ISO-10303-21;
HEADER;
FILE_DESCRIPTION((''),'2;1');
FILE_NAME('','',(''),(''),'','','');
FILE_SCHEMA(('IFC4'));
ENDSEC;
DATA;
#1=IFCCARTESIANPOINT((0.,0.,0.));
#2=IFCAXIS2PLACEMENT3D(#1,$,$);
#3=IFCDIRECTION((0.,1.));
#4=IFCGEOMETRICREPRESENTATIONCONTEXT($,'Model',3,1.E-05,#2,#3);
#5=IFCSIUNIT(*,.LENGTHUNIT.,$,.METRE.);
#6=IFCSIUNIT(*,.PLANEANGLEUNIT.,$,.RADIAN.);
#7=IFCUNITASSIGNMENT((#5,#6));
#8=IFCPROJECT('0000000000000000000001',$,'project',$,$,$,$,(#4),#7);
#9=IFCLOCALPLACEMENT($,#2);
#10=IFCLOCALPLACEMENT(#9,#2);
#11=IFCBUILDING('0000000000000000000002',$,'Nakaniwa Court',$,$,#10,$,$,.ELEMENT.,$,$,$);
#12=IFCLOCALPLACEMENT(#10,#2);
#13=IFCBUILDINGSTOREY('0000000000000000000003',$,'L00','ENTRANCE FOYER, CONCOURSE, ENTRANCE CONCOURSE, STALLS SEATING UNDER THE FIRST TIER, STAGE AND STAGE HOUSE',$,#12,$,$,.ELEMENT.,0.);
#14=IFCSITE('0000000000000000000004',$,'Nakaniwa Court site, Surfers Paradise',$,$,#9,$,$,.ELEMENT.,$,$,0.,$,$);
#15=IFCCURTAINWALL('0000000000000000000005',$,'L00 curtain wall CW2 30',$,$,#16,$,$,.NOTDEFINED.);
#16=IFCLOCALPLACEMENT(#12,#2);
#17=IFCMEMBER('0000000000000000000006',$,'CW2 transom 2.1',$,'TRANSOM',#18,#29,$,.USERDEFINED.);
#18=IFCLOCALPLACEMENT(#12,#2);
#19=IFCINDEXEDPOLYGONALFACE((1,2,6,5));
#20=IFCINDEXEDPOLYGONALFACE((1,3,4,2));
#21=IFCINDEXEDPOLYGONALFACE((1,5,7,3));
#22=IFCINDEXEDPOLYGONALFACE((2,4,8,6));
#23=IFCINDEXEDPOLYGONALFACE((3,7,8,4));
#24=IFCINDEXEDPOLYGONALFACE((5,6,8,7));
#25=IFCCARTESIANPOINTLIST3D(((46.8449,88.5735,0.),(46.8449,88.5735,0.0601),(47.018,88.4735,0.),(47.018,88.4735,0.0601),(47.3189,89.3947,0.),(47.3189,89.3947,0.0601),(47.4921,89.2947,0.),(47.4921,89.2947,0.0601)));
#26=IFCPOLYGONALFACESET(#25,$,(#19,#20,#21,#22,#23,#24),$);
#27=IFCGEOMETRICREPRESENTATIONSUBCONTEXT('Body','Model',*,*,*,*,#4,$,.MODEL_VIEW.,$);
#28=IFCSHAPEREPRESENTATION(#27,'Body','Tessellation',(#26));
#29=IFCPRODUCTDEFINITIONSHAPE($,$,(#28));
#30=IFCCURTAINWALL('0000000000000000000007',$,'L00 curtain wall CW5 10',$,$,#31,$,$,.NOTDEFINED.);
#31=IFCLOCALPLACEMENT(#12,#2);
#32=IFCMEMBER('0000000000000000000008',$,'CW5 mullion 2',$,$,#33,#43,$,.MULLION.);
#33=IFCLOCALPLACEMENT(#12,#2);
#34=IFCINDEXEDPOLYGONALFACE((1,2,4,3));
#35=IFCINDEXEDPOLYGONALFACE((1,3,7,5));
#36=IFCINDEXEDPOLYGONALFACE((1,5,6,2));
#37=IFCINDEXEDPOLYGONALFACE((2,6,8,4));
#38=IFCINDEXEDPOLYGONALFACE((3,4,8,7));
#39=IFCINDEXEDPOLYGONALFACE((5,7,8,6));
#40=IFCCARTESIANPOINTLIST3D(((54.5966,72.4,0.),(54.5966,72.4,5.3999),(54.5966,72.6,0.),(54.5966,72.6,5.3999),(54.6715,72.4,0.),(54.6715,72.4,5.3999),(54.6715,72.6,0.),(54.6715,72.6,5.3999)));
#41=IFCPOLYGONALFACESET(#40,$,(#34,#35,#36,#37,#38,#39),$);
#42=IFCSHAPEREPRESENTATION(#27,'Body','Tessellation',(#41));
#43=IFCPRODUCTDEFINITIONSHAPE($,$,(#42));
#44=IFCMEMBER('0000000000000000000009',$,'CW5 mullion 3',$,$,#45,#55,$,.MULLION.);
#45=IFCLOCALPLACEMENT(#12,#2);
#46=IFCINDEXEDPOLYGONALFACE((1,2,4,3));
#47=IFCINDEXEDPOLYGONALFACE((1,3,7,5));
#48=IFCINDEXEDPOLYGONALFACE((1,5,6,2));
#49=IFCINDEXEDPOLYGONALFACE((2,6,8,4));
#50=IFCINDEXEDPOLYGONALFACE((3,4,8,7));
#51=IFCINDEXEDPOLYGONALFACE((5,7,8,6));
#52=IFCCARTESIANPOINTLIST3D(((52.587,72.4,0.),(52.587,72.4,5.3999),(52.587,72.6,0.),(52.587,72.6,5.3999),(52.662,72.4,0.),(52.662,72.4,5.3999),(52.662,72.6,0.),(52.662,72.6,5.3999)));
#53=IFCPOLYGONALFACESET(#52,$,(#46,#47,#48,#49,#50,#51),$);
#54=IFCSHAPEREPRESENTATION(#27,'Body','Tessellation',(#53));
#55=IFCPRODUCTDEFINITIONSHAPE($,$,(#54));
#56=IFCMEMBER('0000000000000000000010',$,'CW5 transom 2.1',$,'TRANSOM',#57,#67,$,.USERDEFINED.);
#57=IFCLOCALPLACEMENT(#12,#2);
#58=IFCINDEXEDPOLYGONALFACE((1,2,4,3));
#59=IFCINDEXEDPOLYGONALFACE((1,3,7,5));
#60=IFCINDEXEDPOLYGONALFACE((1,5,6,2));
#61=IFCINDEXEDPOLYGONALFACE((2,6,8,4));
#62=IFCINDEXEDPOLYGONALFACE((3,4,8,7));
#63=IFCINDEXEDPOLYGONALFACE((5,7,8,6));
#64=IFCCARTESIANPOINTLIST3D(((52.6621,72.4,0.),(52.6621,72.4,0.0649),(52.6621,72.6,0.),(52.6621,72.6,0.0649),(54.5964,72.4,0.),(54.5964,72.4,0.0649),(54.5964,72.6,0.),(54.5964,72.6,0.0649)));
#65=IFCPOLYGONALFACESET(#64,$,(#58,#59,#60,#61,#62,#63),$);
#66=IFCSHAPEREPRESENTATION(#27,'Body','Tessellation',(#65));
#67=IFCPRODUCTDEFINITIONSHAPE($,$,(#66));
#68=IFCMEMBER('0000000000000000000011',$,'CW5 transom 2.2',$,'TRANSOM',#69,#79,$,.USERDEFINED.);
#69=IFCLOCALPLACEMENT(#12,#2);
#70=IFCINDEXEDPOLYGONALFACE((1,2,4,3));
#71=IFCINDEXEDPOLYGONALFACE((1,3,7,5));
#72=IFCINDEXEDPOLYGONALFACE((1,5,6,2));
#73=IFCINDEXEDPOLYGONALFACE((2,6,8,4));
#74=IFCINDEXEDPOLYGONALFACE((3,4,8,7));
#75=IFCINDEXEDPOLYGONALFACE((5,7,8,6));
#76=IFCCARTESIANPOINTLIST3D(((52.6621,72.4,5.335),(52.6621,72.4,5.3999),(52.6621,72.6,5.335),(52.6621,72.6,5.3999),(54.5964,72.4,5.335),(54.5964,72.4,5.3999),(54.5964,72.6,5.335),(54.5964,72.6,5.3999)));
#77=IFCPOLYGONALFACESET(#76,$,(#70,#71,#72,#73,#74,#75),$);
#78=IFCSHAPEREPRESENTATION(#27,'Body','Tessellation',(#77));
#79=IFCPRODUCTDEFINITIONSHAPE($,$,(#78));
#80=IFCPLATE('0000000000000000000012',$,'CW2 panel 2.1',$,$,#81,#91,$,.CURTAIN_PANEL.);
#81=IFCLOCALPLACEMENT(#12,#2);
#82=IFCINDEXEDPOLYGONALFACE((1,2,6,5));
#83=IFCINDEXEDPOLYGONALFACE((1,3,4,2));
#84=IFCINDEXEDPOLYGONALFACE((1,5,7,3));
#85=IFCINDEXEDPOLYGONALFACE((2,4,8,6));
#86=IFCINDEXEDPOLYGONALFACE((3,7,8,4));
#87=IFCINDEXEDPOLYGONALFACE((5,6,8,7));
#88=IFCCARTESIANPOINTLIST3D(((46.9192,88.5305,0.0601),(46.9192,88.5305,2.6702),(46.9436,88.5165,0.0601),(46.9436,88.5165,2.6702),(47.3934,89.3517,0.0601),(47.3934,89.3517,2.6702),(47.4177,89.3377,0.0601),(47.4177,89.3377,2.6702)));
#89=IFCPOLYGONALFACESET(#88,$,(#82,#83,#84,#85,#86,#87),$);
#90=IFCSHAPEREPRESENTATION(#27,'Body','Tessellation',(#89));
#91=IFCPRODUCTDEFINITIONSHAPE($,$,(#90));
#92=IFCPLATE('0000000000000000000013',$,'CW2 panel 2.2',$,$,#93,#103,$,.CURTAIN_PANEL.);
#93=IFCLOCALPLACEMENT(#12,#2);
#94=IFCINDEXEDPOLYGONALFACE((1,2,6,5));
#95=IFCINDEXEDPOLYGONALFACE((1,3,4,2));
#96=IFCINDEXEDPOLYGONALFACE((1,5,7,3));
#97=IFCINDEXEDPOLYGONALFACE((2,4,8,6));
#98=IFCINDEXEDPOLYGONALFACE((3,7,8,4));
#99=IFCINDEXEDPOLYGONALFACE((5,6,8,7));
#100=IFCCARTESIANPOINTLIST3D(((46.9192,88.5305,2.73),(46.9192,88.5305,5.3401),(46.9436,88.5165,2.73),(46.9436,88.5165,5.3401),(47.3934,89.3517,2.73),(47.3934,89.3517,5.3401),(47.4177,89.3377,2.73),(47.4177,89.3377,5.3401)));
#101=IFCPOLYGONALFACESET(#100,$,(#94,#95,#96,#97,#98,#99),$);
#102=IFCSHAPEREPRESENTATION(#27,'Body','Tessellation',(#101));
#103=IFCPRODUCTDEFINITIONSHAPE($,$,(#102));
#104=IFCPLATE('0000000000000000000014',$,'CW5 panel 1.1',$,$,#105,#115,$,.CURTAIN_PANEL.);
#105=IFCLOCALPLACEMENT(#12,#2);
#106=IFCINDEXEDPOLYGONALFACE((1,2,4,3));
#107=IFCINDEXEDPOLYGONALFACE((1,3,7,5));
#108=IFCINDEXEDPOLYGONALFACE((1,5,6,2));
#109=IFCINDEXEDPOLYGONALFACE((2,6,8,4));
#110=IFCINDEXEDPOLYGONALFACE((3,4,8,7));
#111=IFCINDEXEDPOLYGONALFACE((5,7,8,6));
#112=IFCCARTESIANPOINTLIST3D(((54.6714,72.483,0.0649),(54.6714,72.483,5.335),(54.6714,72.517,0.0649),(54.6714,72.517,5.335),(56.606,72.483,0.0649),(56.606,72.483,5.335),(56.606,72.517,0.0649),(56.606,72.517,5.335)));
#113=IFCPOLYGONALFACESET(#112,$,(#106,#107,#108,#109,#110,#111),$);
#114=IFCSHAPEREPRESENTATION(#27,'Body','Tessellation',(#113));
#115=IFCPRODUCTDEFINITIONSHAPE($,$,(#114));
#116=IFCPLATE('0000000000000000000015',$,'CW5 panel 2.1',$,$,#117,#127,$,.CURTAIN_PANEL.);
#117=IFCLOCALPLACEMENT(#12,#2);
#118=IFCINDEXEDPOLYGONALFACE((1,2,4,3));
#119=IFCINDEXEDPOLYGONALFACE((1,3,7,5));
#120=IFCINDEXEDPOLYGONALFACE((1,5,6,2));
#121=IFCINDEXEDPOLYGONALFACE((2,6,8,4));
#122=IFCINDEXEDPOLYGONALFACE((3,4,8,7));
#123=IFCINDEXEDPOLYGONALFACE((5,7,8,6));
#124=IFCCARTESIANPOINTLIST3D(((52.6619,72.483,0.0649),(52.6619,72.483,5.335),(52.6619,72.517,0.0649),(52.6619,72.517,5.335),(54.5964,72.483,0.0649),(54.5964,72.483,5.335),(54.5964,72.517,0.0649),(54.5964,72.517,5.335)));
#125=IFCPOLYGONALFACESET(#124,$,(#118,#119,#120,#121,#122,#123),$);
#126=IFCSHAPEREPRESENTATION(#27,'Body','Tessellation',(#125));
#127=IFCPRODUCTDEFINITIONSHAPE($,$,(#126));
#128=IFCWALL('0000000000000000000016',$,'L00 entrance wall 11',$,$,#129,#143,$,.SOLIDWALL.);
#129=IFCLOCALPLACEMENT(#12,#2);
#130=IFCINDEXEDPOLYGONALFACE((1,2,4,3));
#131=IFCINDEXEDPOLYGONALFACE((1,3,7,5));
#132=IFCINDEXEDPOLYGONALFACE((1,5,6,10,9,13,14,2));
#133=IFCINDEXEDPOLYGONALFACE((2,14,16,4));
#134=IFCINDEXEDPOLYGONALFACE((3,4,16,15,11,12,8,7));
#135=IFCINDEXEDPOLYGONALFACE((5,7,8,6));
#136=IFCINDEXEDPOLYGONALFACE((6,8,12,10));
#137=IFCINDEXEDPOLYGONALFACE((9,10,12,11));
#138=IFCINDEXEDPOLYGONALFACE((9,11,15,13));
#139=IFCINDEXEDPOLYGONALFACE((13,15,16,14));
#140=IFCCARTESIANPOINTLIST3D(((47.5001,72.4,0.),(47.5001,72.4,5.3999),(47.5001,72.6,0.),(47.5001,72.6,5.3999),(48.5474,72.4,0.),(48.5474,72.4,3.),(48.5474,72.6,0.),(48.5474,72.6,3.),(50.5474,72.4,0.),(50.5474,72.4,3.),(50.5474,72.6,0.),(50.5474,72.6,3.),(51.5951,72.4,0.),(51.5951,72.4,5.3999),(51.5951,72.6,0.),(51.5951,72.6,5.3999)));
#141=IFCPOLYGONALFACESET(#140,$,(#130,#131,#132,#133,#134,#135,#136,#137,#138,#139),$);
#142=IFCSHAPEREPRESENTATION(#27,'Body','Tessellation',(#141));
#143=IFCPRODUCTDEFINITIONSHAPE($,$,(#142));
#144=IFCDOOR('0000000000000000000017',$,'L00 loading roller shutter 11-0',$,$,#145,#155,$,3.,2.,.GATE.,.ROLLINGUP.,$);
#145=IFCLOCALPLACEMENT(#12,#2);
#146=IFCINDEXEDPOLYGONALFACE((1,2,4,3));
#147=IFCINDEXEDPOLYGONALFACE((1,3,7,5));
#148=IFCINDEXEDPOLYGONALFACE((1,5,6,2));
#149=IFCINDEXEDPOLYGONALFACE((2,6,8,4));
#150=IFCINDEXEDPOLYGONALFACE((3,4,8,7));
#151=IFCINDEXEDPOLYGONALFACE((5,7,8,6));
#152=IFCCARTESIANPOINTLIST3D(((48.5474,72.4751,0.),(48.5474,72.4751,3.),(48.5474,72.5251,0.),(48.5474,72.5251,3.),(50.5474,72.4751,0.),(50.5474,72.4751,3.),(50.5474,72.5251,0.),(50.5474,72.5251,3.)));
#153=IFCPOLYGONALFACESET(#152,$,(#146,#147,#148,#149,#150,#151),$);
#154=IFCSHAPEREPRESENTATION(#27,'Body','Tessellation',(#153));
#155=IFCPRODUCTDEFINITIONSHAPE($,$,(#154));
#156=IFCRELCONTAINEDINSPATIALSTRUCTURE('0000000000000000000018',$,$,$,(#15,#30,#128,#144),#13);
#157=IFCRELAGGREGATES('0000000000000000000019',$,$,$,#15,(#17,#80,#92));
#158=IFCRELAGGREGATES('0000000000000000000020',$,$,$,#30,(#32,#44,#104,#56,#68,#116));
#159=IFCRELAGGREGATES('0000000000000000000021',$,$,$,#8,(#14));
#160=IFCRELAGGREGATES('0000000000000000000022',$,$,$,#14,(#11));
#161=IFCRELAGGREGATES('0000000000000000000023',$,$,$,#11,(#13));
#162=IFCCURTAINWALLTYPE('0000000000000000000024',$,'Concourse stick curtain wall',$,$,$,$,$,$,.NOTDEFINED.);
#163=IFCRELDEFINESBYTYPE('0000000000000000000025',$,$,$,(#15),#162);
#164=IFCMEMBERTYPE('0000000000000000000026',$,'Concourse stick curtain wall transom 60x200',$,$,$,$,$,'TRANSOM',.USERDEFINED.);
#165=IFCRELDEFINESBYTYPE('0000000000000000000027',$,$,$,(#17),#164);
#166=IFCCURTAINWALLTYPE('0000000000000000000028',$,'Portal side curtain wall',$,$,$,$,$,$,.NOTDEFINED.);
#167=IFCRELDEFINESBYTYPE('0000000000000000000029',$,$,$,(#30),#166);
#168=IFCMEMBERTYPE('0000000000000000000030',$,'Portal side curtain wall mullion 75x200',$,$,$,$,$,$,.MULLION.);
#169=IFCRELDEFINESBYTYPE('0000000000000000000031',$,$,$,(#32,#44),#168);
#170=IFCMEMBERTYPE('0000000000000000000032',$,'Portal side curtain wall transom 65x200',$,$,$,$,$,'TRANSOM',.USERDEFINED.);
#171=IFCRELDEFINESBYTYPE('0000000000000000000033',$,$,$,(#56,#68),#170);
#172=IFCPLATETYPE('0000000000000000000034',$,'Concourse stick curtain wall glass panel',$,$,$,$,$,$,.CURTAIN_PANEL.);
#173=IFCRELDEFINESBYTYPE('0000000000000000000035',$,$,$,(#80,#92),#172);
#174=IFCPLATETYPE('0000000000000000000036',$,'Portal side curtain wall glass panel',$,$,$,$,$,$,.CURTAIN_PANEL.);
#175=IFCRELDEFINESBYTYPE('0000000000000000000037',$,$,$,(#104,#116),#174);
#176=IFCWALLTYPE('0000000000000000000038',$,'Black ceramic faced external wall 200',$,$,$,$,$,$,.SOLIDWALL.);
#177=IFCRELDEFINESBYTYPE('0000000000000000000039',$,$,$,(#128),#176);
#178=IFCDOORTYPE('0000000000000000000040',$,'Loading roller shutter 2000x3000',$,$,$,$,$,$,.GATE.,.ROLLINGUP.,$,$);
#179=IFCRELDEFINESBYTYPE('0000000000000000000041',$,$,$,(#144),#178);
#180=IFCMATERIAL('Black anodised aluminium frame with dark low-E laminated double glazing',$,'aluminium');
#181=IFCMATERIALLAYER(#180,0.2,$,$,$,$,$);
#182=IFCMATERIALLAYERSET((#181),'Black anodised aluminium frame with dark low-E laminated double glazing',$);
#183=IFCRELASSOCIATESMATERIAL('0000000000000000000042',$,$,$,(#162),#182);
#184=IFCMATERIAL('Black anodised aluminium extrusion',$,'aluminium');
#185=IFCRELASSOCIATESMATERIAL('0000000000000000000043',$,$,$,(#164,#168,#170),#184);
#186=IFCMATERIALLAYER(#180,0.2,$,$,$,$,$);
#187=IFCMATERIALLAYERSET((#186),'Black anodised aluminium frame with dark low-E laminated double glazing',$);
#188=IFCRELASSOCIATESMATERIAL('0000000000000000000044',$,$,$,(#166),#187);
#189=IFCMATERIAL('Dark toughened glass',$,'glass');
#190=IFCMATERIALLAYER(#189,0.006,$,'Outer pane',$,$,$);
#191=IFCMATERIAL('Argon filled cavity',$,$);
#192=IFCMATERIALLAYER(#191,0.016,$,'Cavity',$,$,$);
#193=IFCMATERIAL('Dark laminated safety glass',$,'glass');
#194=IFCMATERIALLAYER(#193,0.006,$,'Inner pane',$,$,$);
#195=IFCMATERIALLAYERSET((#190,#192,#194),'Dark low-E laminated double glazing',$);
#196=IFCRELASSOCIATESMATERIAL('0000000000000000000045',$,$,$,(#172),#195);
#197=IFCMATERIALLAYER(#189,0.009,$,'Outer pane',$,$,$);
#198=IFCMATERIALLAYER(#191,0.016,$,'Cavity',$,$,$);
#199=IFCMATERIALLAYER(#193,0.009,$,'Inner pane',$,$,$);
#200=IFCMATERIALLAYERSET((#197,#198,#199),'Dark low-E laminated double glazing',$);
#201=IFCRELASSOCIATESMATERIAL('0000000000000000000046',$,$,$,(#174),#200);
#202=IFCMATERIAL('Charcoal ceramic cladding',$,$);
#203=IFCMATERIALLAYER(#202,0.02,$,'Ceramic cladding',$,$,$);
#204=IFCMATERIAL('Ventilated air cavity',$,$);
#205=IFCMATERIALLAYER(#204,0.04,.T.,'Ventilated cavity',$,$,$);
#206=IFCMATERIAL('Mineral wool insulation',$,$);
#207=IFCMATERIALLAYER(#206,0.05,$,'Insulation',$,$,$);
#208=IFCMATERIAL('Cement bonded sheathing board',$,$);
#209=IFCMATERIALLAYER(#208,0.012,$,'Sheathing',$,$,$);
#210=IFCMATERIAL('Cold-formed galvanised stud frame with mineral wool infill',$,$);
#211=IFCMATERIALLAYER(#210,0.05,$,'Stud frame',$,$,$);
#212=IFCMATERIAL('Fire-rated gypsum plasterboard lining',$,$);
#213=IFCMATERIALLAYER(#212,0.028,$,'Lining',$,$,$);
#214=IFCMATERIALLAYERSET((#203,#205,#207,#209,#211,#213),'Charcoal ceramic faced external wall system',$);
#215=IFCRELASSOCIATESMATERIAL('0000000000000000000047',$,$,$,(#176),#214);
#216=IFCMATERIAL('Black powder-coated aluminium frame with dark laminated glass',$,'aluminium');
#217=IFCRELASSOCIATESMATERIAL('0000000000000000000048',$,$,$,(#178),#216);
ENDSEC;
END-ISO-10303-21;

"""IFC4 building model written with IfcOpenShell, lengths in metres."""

from ifc_helpers import new_model, si_unit, direction, frame, frame_2d, origin, origin_2d, place, context, subcontext, project, spatial, rectangle, extrude, material, layer, layer_set, material_profile, profile_set, type_object, element, fill, aggregate, save


model = new_model("IFC4")

# Units and contexts
model_context = context("Model", 3, precision=1e-05, world=origin(), true_north=direction((0.0, 1.0)))
body_context = subcontext(model_context, "Body", "Model", "MODEL_VIEW")
ifc_project = project(units=[si_unit("LENGTHUNIT", "METRE"), si_unit("PLANEANGLEUNIT", "RADIAN")], contexts=[model_context])

# Site, building, storey
site_placement = place(None, origin())
site = spatial("IfcSite", under=ifc_project, at=site_placement, Name="Nakaniwa Court site, Surfers Paradise", CompositionType="ELEMENT", RefElevation=0.0)
building_placement = place(site_placement, origin())
building = spatial("IfcBuilding", under=site, at=building_placement, Name="Nakaniwa Court", CompositionType="ELEMENT")
storey_placement = place(building_placement, origin())
storey = spatial("IfcBuildingStorey", under=building, at=storey_placement, Name="L00", Description="ENTRANCE FOYER, CONCOURSE, ENTRANCE CONCOURSE, STALLS SEATING UNDER THE FIRST TIER, STAGE AND STAGE HOUSE", CompositionType="ELEMENT", Elevation=0.0)

# Curtain wall
ifc_material_1 = material(Name="Black anodised aluminium frame with dark low-E laminated double glazing", Category="aluminium")
ifc_layer_1 = layer(ifc_material_1, 0.2)
ifc_layer_set_1 = layer_set([ifc_layer_1], Name="Black anodised aluminium frame with dark low-E laminated double glazing")
curtain_wall_type_1 = type_object("IfcCurtainWallType", Name="Concourse stick curtain wall", PredefinedType="NOTDEFINED", material=ifc_layer_set_1)
ifc_material_2 = material(Name="Black anodised aluminium extrusion", Category="aluminium")
curtain_wall_1_placement = place(storey_placement, origin())
curtain_wall_1 = element("IfcCurtainWall", 1, at=curtain_wall_1_placement, inside=storey, type_object=curtain_wall_type_1, Name="L00 curtain wall CW2 30", PredefinedType="NOTDEFINED")

# Member
ifc_material_profile_1 = material_profile(ifc_material_2, rectangle(XDim=0.2, YDim=0.0601, at=origin_2d()), Name="Concourse stick curtain wall transom 60x200")
ifc_profile_set_1 = profile_set([ifc_material_profile_1], Name="Black anodised aluminium extrusion")
member_type_1 = type_object("IfcMemberType", Name="Concourse stick curtain wall transom 60x200", ElementType="TRANSOM", PredefinedType="USERDEFINED", material=ifc_profile_set_1)
member_1_placement = place(storey_placement, frame((47.4055, 89.3447, 0.03), z_axis=(-0.49996, -0.866048, 0.0), x_axis=(0.866048, -0.49996, 0.0)))
member_1 = element("IfcMember", 2, at=member_1_placement, type_object=member_type_1, Name="CW2 transom 2.1", ObjectType="TRANSOM", PredefinedType="USERDEFINED", context=body_context, shape_type="SweptSolid", body=[
    extrude(rectangle(XDim=0.2, YDim=0.0601, at=origin_2d()), origin(), (0.0, 0.0, 1.0), 0.9482),
])

# Curtain wall, members
ifc_layer_2 = layer(ifc_material_1, 0.2)
ifc_layer_set_2 = layer_set([ifc_layer_2], Name="Black anodised aluminium frame with dark low-E laminated double glazing")
curtain_wall_type_2 = type_object("IfcCurtainWallType", Name="Portal side curtain wall", PredefinedType="NOTDEFINED", material=ifc_layer_set_2)
curtain_wall_2_placement = place(storey_placement, origin())
curtain_wall_2 = element("IfcCurtainWall", 3, at=curtain_wall_2_placement, inside=storey, type_object=curtain_wall_type_2, Name="L00 curtain wall CW5 10", PredefinedType="NOTDEFINED")
ifc_material_profile_2 = material_profile(ifc_material_2, rectangle(XDim=0.2, YDim=0.075, at=origin_2d()), Name="Portal side curtain wall mullion 75x200")
ifc_profile_set_2 = profile_set([ifc_material_profile_2], Name="Black anodised aluminium extrusion")
member_type_2 = type_object("IfcMemberType", Name="Portal side curtain wall mullion 75x200", PredefinedType="MULLION", material=ifc_profile_set_2)
member_2_placement = place(storey_placement, frame((54.634, 72.5, 0.0), z_axis=(0.0, 0.0, 1.0), x_axis=(0.0, -1.0, 0.0)))
member_2 = element("IfcMember", 4, at=member_2_placement, type_object=member_type_2, Name="CW5 mullion 2", PredefinedType="MULLION", context=body_context, shape_type="SweptSolid", body=[
    extrude(rectangle(XDim=0.2, YDim=0.075, at=origin_2d()), origin(), (0.0, 0.0, 1.0), 5.3999),
])
member_3_placement = place(storey_placement, frame((52.6245, 72.5, 0.0), z_axis=(0.0, 0.0, 1.0), x_axis=(0.0, -1.0, 0.0)))
member_3 = element("IfcMember", 5, at=member_3_placement, type_object=member_type_2, Name="CW5 mullion 3", PredefinedType="MULLION", context=body_context, shape_type="SweptSolid", body=[
    extrude(rectangle(XDim=0.2, YDim=0.075, at=origin_2d()), origin(), (0.0, 0.0, 1.0), 5.3999),
])
ifc_material_profile_3 = material_profile(ifc_material_2, rectangle(XDim=0.2, YDim=0.0649, at=origin_2d()), Name="Portal side curtain wall transom 65x200")
ifc_profile_set_3 = profile_set([ifc_material_profile_3], Name="Black anodised aluminium extrusion")
member_type_3 = type_object("IfcMemberType", Name="Portal side curtain wall transom 65x200", ElementType="TRANSOM", PredefinedType="USERDEFINED", material=ifc_profile_set_3)
member_4_placement = place(storey_placement, frame((54.5964, 72.5, 0.0325), z_axis=(-1.0, 0.0, 0.0), x_axis=(0.0, -1.0, 0.0)))
member_4 = element("IfcMember", 6, at=member_4_placement, type_object=member_type_3, Name="CW5 transom 2.1", ObjectType="TRANSOM", PredefinedType="USERDEFINED", context=body_context, shape_type="SweptSolid", body=[
    extrude(rectangle(XDim=0.2, YDim=0.0649, at=origin_2d()), origin(), (0.0, 0.0, 1.0), 1.9343),
])
member_5_placement = place(storey_placement, frame((54.5964, 72.5, 5.3674), z_axis=(-1.0, 0.0, 0.0), x_axis=(0.0, -1.0, 0.0)))
member_5 = element("IfcMember", 7, at=member_5_placement, type_object=member_type_3, Name="CW5 transom 2.2", ObjectType="TRANSOM", PredefinedType="USERDEFINED", context=body_context, shape_type="SweptSolid", body=[
    extrude(rectangle(XDim=0.2, YDim=0.0649, at=origin_2d()), origin(), (0.0, 0.0, 1.0), 1.9343),
])

# Plates
ifc_material_3 = material(Name="Dark toughened glass", Category="glass")
ifc_layer_3 = layer(ifc_material_3, 0.006, Name="Outer pane")
ifc_material_4 = material(Name="Argon filled cavity")
ifc_layer_4 = layer(ifc_material_4, 0.016, Name="Cavity")
ifc_material_5 = material(Name="Dark laminated safety glass", Category="glass")
ifc_layer_5 = layer(ifc_material_5, 0.006, Name="Inner pane")
ifc_layer_set_3 = layer_set([ifc_layer_3, ifc_layer_4, ifc_layer_5], Name="Dark low-E laminated double glazing")
plate_type_1 = type_object("IfcPlateType", Name="Concourse stick curtain wall glass panel", PredefinedType="CURTAIN_PANEL", material=ifc_layer_set_3)
plate_1_placement = place(storey_placement, frame((47.1685, 88.9341, 0.0601), z_axis=(0.0, 0.0, 1.0), x_axis=(-0.499982, -0.866036, 0.0)))
plate_1 = element("IfcPlate", 8, at=plate_1_placement, type_object=plate_type_1, Name="CW2 panel 2.1", PredefinedType="CURTAIN_PANEL", context=body_context, shape_type="SweptSolid", body=[
    extrude(rectangle(XDim=0.9482, YDim=0.0281, at=origin_2d()), origin(), (0.0, 0.0, 1.0), 2.6101),
])
plate_2_placement = place(storey_placement, frame((47.1685, 88.9341, 2.73), z_axis=(0.0, 0.0, 1.0), x_axis=(-0.499982, -0.866036, 0.0)))
plate_2 = element("IfcPlate", 9, at=plate_2_placement, type_object=plate_type_1, Name="CW2 panel 2.2", PredefinedType="CURTAIN_PANEL", context=body_context, shape_type="SweptSolid", body=[
    extrude(rectangle(XDim=0.9482, YDim=0.0281, at=origin_2d()), origin(), (0.0, 0.0, 1.0), 2.6101),
])
aggregate(curtain_wall_1, [member_1, plate_1, plate_2])
ifc_layer_6 = layer(ifc_material_3, 0.009, Name="Outer pane")
ifc_layer_7 = layer(ifc_material_4, 0.016, Name="Cavity")
ifc_layer_8 = layer(ifc_material_5, 0.009, Name="Inner pane")
ifc_layer_set_4 = layer_set([ifc_layer_6, ifc_layer_7, ifc_layer_8], Name="Dark low-E laminated double glazing")
plate_type_2 = type_object("IfcPlateType", Name="Portal side curtain wall glass panel", PredefinedType="CURTAIN_PANEL", material=ifc_layer_set_4)
plate_3_placement = place(storey_placement, frame((55.6387, 72.5, 0.0649), z_axis=(0.0, 0.0, 1.0), x_axis=(-1.0, 0.0, 0.0)))
plate_3 = element("IfcPlate", 10, at=plate_3_placement, type_object=plate_type_2, Name="CW5 panel 1.1", PredefinedType="CURTAIN_PANEL", context=body_context, shape_type="SweptSolid", body=[
    extrude(rectangle(XDim=1.9346, YDim=0.0339, at=origin_2d()), origin(), (0.0, 0.0, 1.0), 5.27),
])
plate_4_placement = place(storey_placement, frame((53.6292, 72.5, 0.0649), z_axis=(0.0, 0.0, 1.0), x_axis=(-1.0, 0.0, 0.0)))
plate_4 = element("IfcPlate", 11, at=plate_4_placement, type_object=plate_type_2, Name="CW5 panel 2.1", PredefinedType="CURTAIN_PANEL", context=body_context, shape_type="SweptSolid", body=[
    extrude(rectangle(XDim=1.9346, YDim=0.0339, at=origin_2d()), origin(), (0.0, 0.0, 1.0), 5.27),
])
aggregate(curtain_wall_2, [member_2, member_3, plate_3, member_4, member_5, plate_4])

# Wall, opening, door
ifc_material_6 = material(Name="Charcoal ceramic cladding")
ifc_layer_9 = layer(ifc_material_6, 0.02, Name="Ceramic cladding")
ifc_material_7 = material(Name="Ventilated air cavity")
ifc_layer_10 = layer(ifc_material_7, 0.04, ventilated=True, Name="Ventilated cavity")
ifc_material_8 = material(Name="Mineral wool insulation")
ifc_layer_11 = layer(ifc_material_8, 0.05, Name="Insulation")
ifc_material_9 = material(Name="Cement bonded sheathing board")
ifc_layer_12 = layer(ifc_material_9, 0.012, Name="Sheathing")
ifc_material_10 = material(Name="Cold-formed galvanised stud frame with mineral wool infill")
ifc_layer_13 = layer(ifc_material_10, 0.05, Name="Stud frame")
ifc_material_11 = material(Name="Fire-rated gypsum plasterboard lining")
ifc_layer_14 = layer(ifc_material_11, 0.028, Name="Lining")
ifc_layer_set_5 = layer_set([ifc_layer_9, ifc_layer_10, ifc_layer_11, ifc_layer_12, ifc_layer_13, ifc_layer_14], Name="Charcoal ceramic faced external wall system")
wall_type_1 = type_object("IfcWallType", Name="Black ceramic faced external wall 200", PredefinedType="SOLIDWALL", material=ifc_layer_set_5)
wall_1_placement = place(storey_placement, frame((51.595, 72.5, 0.0), z_axis=(0.0, 0.0, 1.0), x_axis=(-1.0, 0.0, 0.0)))
wall_1 = element("IfcWall", 12, at=wall_1_placement, inside=storey, type_object=wall_type_1, Name="L00 entrance wall 11", PredefinedType="SOLIDWALL", context=body_context, shape_type="SweptSolid", body=[
    extrude(rectangle(XDim=4.095, YDim=0.2, at=frame_2d((2.0474, 0.0))), origin(), (0.0, 0.0, 1.0), 5.3999),
])
opening_1_placement = place(wall_1_placement, frame((1.0476, 0.0, 0.0)))
opening_1 = element("IfcOpeningElement", 13, at=opening_1_placement, cuts=wall_1, PredefinedType="OPENING", context=body_context, shape_type="SweptSolid", body=[
    extrude(rectangle(XDim=2.0, YDim=3.0, at=frame_2d((1.0, 1.5))), frame((0.0, 0.1099, 0.0), z_axis=(0.0, -1.0, 0.0), x_axis=(1.0, 0.0, 0.0)), (0.0, 0.0, 1.0), 0.22),
])
ifc_material_12 = material(Name="Black powder-coated aluminium frame with dark laminated glass", Category="aluminium")
door_type_1 = type_object("IfcDoorType", Name="Loading roller shutter 2000x3000", OperationType="ROLLINGUP", PredefinedType="GATE", material=ifc_material_12)
door_1_placement = place(opening_1_placement, origin())
door_1 = element("IfcDoor", 14, at=door_1_placement, inside=storey, type_object=door_type_1, Name="L00 loading roller shutter 11-0", OperationType="ROLLINGUP", OverallHeight=3.0, OverallWidth=2.0, PredefinedType="GATE", context=body_context, shape_type="SweptSolid", body=[
    extrude(rectangle(XDim=2.0, YDim=3.0, at=frame_2d((1.0, 1.5))), frame((0.0, 0.0249, 0.0), z_axis=(0.0, -1.0, 0.0), x_axis=(1.0, 0.0, 0.0)), (0.0, 0.0, 1.0), 0.05),
])
fill(opening_1, door_1)

save(model, "model.ifc")
